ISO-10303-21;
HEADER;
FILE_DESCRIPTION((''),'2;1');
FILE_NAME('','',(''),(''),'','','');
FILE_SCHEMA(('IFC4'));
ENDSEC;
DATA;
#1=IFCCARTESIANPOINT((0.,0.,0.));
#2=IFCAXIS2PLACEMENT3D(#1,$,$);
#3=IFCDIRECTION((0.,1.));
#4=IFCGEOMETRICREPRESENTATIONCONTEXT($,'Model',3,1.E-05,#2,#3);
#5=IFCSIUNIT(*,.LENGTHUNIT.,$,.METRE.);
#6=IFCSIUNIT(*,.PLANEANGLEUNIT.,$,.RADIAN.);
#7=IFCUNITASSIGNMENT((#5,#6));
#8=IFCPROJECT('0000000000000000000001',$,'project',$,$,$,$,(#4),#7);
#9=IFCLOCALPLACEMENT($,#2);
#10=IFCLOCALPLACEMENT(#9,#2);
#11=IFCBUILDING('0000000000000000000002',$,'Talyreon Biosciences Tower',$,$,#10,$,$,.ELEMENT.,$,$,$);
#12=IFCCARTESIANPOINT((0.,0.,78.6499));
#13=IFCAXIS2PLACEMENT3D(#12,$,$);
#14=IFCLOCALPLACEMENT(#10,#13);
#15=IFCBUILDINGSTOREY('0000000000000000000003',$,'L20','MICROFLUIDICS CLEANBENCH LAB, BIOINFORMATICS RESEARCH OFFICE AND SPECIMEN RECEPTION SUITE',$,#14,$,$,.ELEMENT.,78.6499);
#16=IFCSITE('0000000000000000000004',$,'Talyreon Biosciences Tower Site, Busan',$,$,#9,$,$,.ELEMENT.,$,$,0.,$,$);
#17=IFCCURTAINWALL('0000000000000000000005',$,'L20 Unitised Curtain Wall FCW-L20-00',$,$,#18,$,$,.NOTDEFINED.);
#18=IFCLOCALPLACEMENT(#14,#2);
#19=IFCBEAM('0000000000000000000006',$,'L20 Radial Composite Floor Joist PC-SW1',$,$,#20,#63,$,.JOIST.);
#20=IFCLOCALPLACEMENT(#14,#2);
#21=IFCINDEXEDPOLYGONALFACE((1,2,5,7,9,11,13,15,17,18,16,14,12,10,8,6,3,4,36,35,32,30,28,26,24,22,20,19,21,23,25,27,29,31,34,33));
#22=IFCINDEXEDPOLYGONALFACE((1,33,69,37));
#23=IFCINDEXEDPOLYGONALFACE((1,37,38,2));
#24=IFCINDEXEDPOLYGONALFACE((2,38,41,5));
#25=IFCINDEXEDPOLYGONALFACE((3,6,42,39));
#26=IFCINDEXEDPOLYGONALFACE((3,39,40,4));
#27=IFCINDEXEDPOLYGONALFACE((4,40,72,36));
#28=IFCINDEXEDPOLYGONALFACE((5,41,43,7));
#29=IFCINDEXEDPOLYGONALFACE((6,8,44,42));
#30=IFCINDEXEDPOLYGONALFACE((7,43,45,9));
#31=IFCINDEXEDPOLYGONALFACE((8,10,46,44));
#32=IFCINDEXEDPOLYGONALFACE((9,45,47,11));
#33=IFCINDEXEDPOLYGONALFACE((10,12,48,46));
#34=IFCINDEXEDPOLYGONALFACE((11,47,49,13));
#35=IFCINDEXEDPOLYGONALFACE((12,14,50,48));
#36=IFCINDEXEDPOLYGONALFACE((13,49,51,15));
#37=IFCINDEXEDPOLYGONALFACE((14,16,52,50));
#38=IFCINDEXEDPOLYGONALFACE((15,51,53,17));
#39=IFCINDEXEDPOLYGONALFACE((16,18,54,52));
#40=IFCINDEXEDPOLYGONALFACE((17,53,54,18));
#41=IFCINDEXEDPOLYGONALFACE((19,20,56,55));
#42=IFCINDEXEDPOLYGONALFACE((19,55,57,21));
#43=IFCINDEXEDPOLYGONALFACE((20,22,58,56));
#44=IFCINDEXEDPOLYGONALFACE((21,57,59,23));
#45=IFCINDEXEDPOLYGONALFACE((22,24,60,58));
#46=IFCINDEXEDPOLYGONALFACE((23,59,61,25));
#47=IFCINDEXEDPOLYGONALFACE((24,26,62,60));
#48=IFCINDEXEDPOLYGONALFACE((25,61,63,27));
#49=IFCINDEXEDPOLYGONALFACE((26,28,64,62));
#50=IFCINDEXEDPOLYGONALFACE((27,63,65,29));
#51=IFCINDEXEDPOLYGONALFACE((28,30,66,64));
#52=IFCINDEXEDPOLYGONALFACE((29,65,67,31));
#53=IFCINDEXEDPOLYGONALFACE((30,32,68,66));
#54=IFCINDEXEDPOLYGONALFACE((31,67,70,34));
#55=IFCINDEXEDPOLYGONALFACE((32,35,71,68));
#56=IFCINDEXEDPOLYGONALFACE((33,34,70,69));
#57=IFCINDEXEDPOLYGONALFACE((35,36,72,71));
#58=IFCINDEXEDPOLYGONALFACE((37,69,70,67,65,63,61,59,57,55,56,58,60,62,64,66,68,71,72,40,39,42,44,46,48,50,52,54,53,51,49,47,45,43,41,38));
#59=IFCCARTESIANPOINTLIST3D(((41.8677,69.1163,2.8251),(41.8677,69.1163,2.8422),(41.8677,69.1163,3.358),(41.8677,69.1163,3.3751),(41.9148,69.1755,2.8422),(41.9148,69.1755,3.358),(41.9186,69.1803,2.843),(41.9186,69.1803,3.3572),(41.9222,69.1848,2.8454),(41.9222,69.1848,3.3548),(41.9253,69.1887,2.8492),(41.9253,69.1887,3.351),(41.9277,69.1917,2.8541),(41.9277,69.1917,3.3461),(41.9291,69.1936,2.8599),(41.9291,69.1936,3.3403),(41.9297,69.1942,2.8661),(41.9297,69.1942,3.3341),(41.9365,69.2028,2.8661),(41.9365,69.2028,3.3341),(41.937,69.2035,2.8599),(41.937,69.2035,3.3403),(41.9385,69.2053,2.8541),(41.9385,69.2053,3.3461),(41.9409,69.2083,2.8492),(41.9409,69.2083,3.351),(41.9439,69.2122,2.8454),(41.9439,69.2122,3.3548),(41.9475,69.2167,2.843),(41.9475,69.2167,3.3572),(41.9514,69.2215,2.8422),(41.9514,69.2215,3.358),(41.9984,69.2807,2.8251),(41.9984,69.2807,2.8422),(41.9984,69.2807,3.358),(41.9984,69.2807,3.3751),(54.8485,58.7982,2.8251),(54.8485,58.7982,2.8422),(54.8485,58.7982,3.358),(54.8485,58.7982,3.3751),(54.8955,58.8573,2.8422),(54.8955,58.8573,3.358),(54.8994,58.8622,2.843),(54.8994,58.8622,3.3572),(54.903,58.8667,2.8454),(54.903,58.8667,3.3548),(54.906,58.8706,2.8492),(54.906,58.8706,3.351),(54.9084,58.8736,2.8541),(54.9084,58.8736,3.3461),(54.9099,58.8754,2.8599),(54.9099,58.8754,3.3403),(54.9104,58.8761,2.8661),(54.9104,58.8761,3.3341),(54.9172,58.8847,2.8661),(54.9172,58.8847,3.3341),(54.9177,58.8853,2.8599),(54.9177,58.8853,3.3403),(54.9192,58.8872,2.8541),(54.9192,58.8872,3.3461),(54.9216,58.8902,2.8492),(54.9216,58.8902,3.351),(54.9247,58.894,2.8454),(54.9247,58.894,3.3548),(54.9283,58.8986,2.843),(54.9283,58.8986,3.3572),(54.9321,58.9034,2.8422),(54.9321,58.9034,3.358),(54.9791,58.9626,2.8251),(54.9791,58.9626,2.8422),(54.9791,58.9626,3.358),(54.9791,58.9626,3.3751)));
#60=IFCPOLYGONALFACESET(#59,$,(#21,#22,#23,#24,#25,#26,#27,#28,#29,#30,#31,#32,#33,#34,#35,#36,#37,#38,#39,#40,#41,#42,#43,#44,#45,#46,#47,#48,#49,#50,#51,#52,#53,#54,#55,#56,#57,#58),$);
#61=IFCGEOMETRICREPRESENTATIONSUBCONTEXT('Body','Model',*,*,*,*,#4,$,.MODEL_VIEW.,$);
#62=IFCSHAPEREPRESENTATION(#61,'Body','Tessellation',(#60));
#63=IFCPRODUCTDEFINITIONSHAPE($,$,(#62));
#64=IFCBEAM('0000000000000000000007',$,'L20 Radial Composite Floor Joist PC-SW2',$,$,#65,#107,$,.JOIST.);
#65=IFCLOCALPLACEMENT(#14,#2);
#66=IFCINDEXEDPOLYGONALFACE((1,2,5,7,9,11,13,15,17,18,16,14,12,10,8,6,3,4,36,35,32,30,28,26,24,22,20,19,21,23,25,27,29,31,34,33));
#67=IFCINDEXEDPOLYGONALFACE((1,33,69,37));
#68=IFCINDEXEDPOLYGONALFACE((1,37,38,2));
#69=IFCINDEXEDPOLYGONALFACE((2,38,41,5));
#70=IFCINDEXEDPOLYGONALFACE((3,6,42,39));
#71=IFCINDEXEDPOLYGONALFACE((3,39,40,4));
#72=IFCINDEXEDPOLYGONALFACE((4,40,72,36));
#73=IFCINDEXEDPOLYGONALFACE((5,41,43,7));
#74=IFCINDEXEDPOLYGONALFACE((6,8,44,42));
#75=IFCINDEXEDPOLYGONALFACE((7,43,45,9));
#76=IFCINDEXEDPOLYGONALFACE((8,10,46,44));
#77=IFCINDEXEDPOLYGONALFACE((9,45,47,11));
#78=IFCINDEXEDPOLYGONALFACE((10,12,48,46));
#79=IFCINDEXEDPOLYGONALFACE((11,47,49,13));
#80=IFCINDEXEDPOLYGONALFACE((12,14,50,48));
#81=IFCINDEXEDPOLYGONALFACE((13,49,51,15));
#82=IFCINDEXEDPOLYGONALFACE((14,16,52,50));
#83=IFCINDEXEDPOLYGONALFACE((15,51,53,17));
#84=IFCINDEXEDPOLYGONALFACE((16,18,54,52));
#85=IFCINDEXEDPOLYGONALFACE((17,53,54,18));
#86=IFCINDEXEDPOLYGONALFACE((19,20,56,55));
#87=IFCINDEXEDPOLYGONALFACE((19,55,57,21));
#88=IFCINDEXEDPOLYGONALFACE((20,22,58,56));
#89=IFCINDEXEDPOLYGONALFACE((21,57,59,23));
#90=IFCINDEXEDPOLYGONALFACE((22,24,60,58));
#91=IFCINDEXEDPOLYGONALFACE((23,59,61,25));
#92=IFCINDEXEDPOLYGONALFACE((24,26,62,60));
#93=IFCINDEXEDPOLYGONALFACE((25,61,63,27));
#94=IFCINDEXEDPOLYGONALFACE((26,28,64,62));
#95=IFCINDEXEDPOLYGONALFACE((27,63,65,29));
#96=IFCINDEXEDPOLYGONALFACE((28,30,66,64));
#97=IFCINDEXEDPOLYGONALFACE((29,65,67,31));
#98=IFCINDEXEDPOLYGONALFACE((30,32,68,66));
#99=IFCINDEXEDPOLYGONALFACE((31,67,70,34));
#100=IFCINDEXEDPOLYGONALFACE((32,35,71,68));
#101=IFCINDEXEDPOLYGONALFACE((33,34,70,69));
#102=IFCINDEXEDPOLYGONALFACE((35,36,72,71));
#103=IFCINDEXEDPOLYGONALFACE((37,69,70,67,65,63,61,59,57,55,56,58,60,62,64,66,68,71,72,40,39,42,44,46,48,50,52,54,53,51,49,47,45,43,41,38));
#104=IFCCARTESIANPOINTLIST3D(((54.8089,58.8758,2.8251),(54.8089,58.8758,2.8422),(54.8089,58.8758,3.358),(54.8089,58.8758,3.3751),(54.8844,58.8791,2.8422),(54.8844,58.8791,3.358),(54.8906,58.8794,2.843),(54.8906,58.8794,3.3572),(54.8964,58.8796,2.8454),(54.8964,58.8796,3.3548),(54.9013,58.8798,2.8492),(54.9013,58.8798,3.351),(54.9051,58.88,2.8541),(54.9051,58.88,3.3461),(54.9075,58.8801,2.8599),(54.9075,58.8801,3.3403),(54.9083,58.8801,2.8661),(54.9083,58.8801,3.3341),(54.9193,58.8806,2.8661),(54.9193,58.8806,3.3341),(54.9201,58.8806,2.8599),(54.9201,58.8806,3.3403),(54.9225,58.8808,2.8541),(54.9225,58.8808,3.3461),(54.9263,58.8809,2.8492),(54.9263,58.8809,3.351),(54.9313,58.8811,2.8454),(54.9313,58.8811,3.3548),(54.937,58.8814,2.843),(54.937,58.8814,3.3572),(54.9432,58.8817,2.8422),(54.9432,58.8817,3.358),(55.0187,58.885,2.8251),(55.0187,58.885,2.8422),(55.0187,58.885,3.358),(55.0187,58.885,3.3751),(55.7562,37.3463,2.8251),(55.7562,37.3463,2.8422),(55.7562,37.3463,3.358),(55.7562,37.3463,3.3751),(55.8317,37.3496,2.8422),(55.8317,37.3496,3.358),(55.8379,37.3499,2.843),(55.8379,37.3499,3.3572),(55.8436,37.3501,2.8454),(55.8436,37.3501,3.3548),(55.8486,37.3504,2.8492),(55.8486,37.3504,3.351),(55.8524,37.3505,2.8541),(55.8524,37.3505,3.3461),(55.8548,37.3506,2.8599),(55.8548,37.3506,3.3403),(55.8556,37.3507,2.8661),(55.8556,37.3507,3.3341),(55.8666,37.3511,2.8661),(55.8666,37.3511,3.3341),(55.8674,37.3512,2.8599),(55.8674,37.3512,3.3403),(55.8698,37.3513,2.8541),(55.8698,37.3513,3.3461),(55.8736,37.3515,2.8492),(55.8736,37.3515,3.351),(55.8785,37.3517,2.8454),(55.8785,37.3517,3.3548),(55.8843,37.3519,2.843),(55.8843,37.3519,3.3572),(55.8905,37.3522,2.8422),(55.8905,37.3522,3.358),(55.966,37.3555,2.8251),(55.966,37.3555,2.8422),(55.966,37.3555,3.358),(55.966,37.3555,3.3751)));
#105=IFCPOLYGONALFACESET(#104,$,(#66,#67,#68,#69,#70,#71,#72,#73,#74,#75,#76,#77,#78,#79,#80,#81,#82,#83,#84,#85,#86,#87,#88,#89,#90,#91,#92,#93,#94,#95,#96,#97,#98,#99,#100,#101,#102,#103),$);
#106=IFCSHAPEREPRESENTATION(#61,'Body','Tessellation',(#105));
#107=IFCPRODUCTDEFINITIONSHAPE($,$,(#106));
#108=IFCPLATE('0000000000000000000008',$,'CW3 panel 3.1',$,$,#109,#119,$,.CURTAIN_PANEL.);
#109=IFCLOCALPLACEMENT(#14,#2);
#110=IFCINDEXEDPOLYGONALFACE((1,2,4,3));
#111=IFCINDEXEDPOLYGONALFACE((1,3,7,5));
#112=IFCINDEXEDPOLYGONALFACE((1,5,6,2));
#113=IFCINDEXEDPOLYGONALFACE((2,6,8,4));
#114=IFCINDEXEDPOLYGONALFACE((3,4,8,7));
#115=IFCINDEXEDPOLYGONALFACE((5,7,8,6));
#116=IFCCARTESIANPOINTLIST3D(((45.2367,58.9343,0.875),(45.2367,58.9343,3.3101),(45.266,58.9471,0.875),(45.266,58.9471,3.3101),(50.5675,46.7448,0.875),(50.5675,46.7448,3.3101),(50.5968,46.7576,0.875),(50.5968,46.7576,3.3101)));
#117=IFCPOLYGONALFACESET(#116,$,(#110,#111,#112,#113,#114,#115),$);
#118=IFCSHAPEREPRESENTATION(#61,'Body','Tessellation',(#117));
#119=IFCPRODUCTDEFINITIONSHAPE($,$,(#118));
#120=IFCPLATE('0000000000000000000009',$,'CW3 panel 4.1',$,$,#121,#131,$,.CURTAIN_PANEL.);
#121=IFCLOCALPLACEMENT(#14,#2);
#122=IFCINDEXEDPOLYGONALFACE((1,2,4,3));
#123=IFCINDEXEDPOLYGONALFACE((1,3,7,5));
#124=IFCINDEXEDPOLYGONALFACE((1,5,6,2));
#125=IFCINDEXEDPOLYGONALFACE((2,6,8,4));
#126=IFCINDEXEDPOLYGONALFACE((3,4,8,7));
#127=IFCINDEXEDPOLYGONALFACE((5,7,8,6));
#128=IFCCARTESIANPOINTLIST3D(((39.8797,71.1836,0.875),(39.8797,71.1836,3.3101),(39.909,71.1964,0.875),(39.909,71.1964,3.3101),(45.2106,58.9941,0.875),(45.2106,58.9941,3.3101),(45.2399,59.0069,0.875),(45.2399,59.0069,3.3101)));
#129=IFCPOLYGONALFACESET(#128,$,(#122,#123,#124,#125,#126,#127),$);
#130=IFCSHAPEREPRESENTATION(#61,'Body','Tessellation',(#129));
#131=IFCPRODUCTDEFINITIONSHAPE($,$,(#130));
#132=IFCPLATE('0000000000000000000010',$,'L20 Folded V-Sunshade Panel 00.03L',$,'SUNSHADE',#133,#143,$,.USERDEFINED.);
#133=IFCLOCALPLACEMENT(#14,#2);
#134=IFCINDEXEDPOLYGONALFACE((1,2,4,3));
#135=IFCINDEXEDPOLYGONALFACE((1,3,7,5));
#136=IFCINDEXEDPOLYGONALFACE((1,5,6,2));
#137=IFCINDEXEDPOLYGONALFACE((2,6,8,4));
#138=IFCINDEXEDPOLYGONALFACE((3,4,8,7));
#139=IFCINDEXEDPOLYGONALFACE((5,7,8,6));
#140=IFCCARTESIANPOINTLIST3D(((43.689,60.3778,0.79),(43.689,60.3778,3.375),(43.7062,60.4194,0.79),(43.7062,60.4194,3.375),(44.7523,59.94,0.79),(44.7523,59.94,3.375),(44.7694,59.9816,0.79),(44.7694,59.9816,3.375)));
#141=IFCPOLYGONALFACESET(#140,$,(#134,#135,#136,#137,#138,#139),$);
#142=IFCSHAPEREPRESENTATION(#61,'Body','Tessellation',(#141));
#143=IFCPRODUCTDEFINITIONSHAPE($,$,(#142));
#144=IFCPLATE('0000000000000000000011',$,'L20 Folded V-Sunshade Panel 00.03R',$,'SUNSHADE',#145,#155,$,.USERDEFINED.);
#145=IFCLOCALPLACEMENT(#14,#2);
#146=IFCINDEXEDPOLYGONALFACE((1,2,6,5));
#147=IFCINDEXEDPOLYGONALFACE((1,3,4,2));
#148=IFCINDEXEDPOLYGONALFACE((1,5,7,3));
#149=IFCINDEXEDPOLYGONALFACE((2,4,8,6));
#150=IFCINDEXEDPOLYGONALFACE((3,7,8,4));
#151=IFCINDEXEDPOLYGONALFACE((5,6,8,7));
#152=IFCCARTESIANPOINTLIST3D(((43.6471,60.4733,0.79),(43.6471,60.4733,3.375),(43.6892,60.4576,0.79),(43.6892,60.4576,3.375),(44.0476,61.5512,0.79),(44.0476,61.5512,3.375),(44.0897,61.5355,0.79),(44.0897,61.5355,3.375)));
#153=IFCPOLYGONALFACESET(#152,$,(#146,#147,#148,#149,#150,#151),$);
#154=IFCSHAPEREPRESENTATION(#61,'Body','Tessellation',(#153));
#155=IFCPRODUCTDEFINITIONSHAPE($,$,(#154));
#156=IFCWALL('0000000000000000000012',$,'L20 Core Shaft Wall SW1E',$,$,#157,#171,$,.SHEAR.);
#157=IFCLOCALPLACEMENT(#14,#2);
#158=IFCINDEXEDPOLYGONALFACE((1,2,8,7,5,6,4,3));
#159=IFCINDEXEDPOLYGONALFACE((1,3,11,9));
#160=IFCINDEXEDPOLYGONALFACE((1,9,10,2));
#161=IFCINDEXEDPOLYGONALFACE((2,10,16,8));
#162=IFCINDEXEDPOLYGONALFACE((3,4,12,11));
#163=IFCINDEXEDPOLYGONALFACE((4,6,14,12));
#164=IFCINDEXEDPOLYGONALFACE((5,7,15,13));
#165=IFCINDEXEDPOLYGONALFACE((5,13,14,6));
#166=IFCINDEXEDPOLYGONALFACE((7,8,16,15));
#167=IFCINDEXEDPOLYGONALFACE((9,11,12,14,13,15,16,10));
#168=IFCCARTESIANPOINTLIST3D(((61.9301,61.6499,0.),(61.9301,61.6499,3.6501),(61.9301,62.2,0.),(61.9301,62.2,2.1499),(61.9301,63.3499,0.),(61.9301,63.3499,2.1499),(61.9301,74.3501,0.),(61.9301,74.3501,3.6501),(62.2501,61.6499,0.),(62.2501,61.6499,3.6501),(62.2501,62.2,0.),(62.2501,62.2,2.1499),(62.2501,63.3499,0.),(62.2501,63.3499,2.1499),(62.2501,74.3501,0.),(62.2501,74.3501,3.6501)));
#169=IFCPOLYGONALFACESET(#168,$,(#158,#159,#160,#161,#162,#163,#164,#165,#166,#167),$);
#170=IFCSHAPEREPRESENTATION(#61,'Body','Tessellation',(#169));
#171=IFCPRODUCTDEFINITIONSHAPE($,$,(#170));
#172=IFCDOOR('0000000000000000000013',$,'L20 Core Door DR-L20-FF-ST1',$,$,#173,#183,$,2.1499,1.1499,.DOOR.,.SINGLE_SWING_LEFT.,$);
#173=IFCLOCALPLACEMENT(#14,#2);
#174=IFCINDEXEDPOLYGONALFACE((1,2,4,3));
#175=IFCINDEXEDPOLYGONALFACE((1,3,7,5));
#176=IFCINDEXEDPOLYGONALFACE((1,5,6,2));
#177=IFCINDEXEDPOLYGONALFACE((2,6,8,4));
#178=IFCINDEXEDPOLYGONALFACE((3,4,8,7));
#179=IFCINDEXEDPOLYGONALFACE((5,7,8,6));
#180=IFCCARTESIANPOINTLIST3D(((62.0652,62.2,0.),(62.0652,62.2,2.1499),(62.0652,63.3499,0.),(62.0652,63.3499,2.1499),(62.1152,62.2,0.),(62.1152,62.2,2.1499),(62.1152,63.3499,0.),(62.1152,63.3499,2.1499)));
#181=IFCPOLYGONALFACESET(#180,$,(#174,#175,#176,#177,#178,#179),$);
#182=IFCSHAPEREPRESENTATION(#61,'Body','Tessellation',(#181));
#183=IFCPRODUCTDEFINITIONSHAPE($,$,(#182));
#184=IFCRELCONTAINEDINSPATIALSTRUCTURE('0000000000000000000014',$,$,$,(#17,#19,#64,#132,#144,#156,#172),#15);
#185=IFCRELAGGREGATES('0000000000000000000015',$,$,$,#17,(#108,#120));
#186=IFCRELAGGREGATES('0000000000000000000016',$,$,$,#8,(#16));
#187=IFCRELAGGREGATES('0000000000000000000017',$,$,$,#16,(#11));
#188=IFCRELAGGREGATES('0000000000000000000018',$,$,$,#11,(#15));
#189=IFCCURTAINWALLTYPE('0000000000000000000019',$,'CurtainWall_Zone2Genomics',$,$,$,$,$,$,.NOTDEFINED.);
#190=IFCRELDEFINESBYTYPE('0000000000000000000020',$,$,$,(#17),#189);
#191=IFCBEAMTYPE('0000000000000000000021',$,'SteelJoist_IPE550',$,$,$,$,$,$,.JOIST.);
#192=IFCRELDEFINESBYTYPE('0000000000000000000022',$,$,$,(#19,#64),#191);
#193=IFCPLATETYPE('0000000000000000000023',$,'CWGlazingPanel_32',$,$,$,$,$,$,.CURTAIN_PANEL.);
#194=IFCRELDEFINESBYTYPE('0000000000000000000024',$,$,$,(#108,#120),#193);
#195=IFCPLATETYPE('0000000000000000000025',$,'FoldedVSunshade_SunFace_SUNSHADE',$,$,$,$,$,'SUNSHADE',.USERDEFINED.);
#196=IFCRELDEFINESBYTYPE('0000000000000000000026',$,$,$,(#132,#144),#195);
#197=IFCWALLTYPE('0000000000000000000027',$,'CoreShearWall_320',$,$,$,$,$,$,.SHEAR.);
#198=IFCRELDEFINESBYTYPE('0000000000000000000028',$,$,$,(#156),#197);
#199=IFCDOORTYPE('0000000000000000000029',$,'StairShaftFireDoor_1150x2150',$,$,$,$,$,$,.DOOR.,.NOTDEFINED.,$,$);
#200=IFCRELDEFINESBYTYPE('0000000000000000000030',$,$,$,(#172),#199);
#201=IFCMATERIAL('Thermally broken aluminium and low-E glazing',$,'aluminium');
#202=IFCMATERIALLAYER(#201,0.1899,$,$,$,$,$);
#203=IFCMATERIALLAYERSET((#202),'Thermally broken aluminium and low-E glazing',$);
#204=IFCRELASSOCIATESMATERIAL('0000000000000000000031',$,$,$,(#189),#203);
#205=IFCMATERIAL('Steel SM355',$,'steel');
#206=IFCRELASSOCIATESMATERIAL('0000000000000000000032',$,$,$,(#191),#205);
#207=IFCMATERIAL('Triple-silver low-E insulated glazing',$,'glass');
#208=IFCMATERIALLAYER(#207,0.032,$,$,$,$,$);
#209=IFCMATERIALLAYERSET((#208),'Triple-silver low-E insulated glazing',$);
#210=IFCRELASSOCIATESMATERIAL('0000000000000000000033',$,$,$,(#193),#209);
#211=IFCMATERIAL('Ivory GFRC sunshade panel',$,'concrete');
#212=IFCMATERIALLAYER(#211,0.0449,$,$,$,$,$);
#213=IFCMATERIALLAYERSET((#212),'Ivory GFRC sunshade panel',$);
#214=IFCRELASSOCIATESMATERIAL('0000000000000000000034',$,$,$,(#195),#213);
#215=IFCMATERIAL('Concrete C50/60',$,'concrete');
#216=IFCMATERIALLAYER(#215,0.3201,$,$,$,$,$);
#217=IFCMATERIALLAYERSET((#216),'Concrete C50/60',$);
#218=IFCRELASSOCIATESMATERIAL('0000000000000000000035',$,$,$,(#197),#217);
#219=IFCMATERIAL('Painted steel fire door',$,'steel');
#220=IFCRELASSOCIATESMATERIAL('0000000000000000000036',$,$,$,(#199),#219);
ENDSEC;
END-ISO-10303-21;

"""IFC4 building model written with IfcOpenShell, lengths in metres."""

from ifc_helpers import new_model, si_unit, direction, frame, frame_2d, origin, origin_2d, place, context, subcontext, project, spatial, rectangle, i_section, extrude, material, layer, layer_set, material_profile, profile_set, type_object, element, fill, aggregate, save


model = new_model("IFC4")

# Units and contexts
model_context = context("Model", 3, precision=1e-05, world=origin(), true_north=direction((0.0, 1.0)))
body_context = subcontext(model_context, "Body", "Model", "MODEL_VIEW")
ifc_project = project(units=[si_unit("LENGTHUNIT", "METRE"), si_unit("PLANEANGLEUNIT", "RADIAN")], contexts=[model_context])

# Site, building, storey
site_placement = place(None, origin())
site = spatial("IfcSite", under=ifc_project, at=site_placement, Name="Talyreon Biosciences Tower Site, Busan", CompositionType="ELEMENT", RefElevation=0.0)
building_placement = place(site_placement, origin())
building = spatial("IfcBuilding", under=site, at=building_placement, Name="Talyreon Biosciences Tower", CompositionType="ELEMENT")
storey_placement = place(building_placement, frame((0.0, 0.0, 78.6499)))
storey = spatial("IfcBuildingStorey", under=building, at=storey_placement, Name="L20", Description="MICROFLUIDICS CLEANBENCH LAB, BIOINFORMATICS RESEARCH OFFICE AND SPECIMEN RECEPTION SUITE", CompositionType="ELEMENT", Elevation=78.6499)

# Shared definitions
ifc_material_1 = material(Name="Concrete C50/60", Category="concrete")

# Curtain wall
ifc_material_2 = material(Name="Thermally broken aluminium and low-E glazing", Category="aluminium")
ifc_layer_1 = layer(ifc_material_2, 0.1899)
ifc_layer_set_1 = layer_set([ifc_layer_1], Name="Thermally broken aluminium and low-E glazing")
curtain_wall_type = type_object("IfcCurtainWallType", Name="CurtainWall_Zone2Genomics", PredefinedType="NOTDEFINED", material=ifc_layer_set_1)
curtain_wall_placement = place(storey_placement, origin())
curtain_wall = element("IfcCurtainWall", 1, at=curtain_wall_placement, inside=storey, type_object=curtain_wall_type, Name="L20 Unitised Curtain Wall FCW-L20-00", PredefinedType="NOTDEFINED")

# Beams
ifc_material_3 = material(Name="Steel SM355", Category="steel")
ifc_material_profile_1 = material_profile(ifc_material_3, i_section(OverallWidth=0.21, OverallDepth=0.55, WebThickness=0.011, FlangeThickness=0.0171, FilletRadius=0.0239, at=origin_2d()), Name="IPE550")
ifc_profile_set_1 = profile_set([ifc_material_profile_1], Name="Steel SM355")
beam_type_1 = type_object("IfcBeamType", Name="SteelJoist_IPE550", PredefinedType="JOIST", material=ifc_profile_set_1)
beam_1_placement = place(storey_placement, frame((54.9138, 58.8804, 3.1001), z_axis=(-0.78282, 0.622248, 0.0), x_axis=(-0.622248, -0.78282, 0.0)))
element("IfcBeam", 2, at=beam_1_placement, inside=storey, type_object=beam_type_1, Name="L20 Radial Composite Floor Joist PC-SW1", PredefinedType="JOIST", context=body_context, shape_type="SweptSolid", body=[
    extrude(i_section(OverallWidth=0.21, OverallDepth=0.55, WebThickness=0.011, FlangeThickness=0.0171, FilletRadius=0.0239, at=origin_2d()), origin(), (0.0, 0.0, 1.0), 16.582),
])
beam_2_placement = place(storey_placement, frame((54.9138, 58.8804, 3.1001), z_axis=(0.043956, -0.999033, 0.0), x_axis=(0.999033, 0.043956, 0.0)))
element("IfcBeam", 3, at=beam_2_placement, inside=storey, type_object=beam_type_1, Name="L20 Radial Composite Floor Joist PC-SW2", PredefinedType="JOIST", context=body_context, shape_type="SweptSolid", body=[
    extrude(i_section(OverallWidth=0.21, OverallDepth=0.55, WebThickness=0.011, FlangeThickness=0.0171, FilletRadius=0.0239, at=origin_2d()), origin(), (0.0, 0.0, 1.0), 21.5503),
])

# Plates
ifc_material_4 = material(Name="Triple-silver low-E insulated glazing", Category="glass")
ifc_layer_2 = layer(ifc_material_4, 0.032)
ifc_layer_set_2 = layer_set([ifc_layer_2], Name="Triple-silver low-E insulated glazing")
plate_type_1 = type_object("IfcPlateType", Name="CWGlazingPanel_32", PredefinedType="CURTAIN_PANEL", material=ifc_layer_set_2)
plate_1_placement = place(storey_placement, frame((47.9167, 52.8459, 0.875), z_axis=(0.0, 0.0, 1.0), x_axis=(-0.400689, 0.916214, 0.0)))
plate_1 = element("IfcPlate", 4, at=plate_1_placement, type_object=plate_type_1, Name="CW3 panel 3.1", PredefinedType="CURTAIN_PANEL", context=body_context, shape_type="SweptSolid", body=[
    extrude(rectangle(XDim=13.3042, YDim=0.032, at=origin_2d()), origin(), (0.0, 0.0, 1.0), 2.4351),
])
plate_2_placement = place(storey_placement, frame((42.5598, 65.0952, 0.875), z_axis=(0.0, 0.0, 1.0), x_axis=(-0.400689, 0.916214, 0.0)))
plate_2 = element("IfcPlate", 5, at=plate_2_placement, type_object=plate_type_1, Name="CW3 panel 4.1", PredefinedType="CURTAIN_PANEL", context=body_context, shape_type="SweptSolid", body=[
    extrude(rectangle(XDim=13.3042, YDim=0.032, at=origin_2d()), origin(), (0.0, 0.0, 1.0), 2.4351),
])
aggregate(curtain_wall, [plate_1, plate_2])

# Plates
ifc_material_5 = material(Name="Ivory GFRC sunshade panel", Category="concrete")
ifc_layer_3 = layer(ifc_material_5, 0.0449)
ifc_layer_set_3 = layer_set([ifc_layer_3], Name="Ivory GFRC sunshade panel")
plate_type_2 = type_object("IfcPlateType", Name="FoldedVSunshade_SunFace_SUNSHADE", ElementType="SUNSHADE", PredefinedType="USERDEFINED", material=ifc_layer_set_3)
for number, where, z_axis, x_axis, name in (
    (6, (44.2292, 60.1797, 0.79), (0.0, 0.0, 1.0), (-0.924686, 0.380731, 0.0), "L20 Folded V-Sunshade Panel 00.03L"),
    (7, (43.8684, 61.0044, 0.79), (0.0, 0.0, 1.0), (0.348228, 0.93741, 0.0), "L20 Folded V-Sunshade Panel 00.03R"),
):
    element("IfcPlate", number, at=place(storey_placement, frame(where, z_axis=z_axis, x_axis=x_axis)), inside=storey, type_object=plate_type_2, Name=name, ObjectType="SUNSHADE", PredefinedType="USERDEFINED", context=body_context, shape_type="SweptSolid", body=[
        extrude(rectangle(XDim=1.1499, YDim=0.0449, at=origin_2d()), origin(), (0.0, 0.0, 1.0), 2.585),
    ])

# Wall, opening, door
ifc_layer_4 = layer(ifc_material_1, 0.3201)
ifc_layer_set_4 = layer_set([ifc_layer_4], Name="Concrete C50/60")
wall_type_1 = type_object("IfcWallType", Name="CoreShearWall_320", PredefinedType="SHEAR", material=ifc_layer_set_4)
wall_1_placement = place(storey_placement, frame((62.0901, 61.6499, 0.0), z_axis=(0.0, 0.0, 1.0), x_axis=(0.0, 1.0, 0.0)))
wall_1 = element("IfcWall", 8, at=wall_1_placement, inside=storey, type_object=wall_type_1, Name="L20 Core Shaft Wall SW1E", PredefinedType="SHEAR", context=body_context, shape_type="SweptSolid", body=[
    extrude(rectangle(XDim=12.7002, YDim=0.3201, at=frame_2d((6.3501, 0.0))), origin(), (0.0, 0.0, 1.0), 3.6501),
])
opening_1_placement = place(wall_1_placement, frame((0.55, 0.0, 0.0)))
opening_1 = element("IfcOpeningElement", 9, at=opening_1_placement, cuts=wall_1, PredefinedType="OPENING", context=body_context, shape_type="SweptSolid", body=[
    extrude(rectangle(XDim=1.1499, YDim=2.1499, at=frame_2d((0.575, 1.075))), frame((0.0, 0.1699, 0.0), z_axis=(0.0, -1.0, 0.0), x_axis=(1.0, 0.0, 0.0)), (0.0, 0.0, 1.0), 0.3401),
])
ifc_material_6 = material(Name="Painted steel fire door", Category="steel")
door_type_1 = type_object("IfcDoorType", Name="StairShaftFireDoor_1150x2150", OperationType="NOTDEFINED", PredefinedType="DOOR", material=ifc_material_6)
door_1_placement = place(opening_1_placement, origin())
door_1 = element("IfcDoor", 10, at=door_1_placement, inside=storey, type_object=door_type_1, Name="L20 Core Door DR-L20-FF-ST1", OperationType="SINGLE_SWING_LEFT", OverallHeight=2.1499, OverallWidth=1.1499, PredefinedType="DOOR", context=body_context, shape_type="SweptSolid", body=[
    extrude(rectangle(XDim=1.1499, YDim=2.1499, at=frame_2d((0.575, 1.075))), frame((0.0, 0.0249, 0.0), z_axis=(0.0, -1.0, 0.0), x_axis=(1.0, 0.0, 0.0)), (0.0, 0.0, 1.0), 0.05),
])
fill(opening_1, door_1)

save(model, "model.ifc")
